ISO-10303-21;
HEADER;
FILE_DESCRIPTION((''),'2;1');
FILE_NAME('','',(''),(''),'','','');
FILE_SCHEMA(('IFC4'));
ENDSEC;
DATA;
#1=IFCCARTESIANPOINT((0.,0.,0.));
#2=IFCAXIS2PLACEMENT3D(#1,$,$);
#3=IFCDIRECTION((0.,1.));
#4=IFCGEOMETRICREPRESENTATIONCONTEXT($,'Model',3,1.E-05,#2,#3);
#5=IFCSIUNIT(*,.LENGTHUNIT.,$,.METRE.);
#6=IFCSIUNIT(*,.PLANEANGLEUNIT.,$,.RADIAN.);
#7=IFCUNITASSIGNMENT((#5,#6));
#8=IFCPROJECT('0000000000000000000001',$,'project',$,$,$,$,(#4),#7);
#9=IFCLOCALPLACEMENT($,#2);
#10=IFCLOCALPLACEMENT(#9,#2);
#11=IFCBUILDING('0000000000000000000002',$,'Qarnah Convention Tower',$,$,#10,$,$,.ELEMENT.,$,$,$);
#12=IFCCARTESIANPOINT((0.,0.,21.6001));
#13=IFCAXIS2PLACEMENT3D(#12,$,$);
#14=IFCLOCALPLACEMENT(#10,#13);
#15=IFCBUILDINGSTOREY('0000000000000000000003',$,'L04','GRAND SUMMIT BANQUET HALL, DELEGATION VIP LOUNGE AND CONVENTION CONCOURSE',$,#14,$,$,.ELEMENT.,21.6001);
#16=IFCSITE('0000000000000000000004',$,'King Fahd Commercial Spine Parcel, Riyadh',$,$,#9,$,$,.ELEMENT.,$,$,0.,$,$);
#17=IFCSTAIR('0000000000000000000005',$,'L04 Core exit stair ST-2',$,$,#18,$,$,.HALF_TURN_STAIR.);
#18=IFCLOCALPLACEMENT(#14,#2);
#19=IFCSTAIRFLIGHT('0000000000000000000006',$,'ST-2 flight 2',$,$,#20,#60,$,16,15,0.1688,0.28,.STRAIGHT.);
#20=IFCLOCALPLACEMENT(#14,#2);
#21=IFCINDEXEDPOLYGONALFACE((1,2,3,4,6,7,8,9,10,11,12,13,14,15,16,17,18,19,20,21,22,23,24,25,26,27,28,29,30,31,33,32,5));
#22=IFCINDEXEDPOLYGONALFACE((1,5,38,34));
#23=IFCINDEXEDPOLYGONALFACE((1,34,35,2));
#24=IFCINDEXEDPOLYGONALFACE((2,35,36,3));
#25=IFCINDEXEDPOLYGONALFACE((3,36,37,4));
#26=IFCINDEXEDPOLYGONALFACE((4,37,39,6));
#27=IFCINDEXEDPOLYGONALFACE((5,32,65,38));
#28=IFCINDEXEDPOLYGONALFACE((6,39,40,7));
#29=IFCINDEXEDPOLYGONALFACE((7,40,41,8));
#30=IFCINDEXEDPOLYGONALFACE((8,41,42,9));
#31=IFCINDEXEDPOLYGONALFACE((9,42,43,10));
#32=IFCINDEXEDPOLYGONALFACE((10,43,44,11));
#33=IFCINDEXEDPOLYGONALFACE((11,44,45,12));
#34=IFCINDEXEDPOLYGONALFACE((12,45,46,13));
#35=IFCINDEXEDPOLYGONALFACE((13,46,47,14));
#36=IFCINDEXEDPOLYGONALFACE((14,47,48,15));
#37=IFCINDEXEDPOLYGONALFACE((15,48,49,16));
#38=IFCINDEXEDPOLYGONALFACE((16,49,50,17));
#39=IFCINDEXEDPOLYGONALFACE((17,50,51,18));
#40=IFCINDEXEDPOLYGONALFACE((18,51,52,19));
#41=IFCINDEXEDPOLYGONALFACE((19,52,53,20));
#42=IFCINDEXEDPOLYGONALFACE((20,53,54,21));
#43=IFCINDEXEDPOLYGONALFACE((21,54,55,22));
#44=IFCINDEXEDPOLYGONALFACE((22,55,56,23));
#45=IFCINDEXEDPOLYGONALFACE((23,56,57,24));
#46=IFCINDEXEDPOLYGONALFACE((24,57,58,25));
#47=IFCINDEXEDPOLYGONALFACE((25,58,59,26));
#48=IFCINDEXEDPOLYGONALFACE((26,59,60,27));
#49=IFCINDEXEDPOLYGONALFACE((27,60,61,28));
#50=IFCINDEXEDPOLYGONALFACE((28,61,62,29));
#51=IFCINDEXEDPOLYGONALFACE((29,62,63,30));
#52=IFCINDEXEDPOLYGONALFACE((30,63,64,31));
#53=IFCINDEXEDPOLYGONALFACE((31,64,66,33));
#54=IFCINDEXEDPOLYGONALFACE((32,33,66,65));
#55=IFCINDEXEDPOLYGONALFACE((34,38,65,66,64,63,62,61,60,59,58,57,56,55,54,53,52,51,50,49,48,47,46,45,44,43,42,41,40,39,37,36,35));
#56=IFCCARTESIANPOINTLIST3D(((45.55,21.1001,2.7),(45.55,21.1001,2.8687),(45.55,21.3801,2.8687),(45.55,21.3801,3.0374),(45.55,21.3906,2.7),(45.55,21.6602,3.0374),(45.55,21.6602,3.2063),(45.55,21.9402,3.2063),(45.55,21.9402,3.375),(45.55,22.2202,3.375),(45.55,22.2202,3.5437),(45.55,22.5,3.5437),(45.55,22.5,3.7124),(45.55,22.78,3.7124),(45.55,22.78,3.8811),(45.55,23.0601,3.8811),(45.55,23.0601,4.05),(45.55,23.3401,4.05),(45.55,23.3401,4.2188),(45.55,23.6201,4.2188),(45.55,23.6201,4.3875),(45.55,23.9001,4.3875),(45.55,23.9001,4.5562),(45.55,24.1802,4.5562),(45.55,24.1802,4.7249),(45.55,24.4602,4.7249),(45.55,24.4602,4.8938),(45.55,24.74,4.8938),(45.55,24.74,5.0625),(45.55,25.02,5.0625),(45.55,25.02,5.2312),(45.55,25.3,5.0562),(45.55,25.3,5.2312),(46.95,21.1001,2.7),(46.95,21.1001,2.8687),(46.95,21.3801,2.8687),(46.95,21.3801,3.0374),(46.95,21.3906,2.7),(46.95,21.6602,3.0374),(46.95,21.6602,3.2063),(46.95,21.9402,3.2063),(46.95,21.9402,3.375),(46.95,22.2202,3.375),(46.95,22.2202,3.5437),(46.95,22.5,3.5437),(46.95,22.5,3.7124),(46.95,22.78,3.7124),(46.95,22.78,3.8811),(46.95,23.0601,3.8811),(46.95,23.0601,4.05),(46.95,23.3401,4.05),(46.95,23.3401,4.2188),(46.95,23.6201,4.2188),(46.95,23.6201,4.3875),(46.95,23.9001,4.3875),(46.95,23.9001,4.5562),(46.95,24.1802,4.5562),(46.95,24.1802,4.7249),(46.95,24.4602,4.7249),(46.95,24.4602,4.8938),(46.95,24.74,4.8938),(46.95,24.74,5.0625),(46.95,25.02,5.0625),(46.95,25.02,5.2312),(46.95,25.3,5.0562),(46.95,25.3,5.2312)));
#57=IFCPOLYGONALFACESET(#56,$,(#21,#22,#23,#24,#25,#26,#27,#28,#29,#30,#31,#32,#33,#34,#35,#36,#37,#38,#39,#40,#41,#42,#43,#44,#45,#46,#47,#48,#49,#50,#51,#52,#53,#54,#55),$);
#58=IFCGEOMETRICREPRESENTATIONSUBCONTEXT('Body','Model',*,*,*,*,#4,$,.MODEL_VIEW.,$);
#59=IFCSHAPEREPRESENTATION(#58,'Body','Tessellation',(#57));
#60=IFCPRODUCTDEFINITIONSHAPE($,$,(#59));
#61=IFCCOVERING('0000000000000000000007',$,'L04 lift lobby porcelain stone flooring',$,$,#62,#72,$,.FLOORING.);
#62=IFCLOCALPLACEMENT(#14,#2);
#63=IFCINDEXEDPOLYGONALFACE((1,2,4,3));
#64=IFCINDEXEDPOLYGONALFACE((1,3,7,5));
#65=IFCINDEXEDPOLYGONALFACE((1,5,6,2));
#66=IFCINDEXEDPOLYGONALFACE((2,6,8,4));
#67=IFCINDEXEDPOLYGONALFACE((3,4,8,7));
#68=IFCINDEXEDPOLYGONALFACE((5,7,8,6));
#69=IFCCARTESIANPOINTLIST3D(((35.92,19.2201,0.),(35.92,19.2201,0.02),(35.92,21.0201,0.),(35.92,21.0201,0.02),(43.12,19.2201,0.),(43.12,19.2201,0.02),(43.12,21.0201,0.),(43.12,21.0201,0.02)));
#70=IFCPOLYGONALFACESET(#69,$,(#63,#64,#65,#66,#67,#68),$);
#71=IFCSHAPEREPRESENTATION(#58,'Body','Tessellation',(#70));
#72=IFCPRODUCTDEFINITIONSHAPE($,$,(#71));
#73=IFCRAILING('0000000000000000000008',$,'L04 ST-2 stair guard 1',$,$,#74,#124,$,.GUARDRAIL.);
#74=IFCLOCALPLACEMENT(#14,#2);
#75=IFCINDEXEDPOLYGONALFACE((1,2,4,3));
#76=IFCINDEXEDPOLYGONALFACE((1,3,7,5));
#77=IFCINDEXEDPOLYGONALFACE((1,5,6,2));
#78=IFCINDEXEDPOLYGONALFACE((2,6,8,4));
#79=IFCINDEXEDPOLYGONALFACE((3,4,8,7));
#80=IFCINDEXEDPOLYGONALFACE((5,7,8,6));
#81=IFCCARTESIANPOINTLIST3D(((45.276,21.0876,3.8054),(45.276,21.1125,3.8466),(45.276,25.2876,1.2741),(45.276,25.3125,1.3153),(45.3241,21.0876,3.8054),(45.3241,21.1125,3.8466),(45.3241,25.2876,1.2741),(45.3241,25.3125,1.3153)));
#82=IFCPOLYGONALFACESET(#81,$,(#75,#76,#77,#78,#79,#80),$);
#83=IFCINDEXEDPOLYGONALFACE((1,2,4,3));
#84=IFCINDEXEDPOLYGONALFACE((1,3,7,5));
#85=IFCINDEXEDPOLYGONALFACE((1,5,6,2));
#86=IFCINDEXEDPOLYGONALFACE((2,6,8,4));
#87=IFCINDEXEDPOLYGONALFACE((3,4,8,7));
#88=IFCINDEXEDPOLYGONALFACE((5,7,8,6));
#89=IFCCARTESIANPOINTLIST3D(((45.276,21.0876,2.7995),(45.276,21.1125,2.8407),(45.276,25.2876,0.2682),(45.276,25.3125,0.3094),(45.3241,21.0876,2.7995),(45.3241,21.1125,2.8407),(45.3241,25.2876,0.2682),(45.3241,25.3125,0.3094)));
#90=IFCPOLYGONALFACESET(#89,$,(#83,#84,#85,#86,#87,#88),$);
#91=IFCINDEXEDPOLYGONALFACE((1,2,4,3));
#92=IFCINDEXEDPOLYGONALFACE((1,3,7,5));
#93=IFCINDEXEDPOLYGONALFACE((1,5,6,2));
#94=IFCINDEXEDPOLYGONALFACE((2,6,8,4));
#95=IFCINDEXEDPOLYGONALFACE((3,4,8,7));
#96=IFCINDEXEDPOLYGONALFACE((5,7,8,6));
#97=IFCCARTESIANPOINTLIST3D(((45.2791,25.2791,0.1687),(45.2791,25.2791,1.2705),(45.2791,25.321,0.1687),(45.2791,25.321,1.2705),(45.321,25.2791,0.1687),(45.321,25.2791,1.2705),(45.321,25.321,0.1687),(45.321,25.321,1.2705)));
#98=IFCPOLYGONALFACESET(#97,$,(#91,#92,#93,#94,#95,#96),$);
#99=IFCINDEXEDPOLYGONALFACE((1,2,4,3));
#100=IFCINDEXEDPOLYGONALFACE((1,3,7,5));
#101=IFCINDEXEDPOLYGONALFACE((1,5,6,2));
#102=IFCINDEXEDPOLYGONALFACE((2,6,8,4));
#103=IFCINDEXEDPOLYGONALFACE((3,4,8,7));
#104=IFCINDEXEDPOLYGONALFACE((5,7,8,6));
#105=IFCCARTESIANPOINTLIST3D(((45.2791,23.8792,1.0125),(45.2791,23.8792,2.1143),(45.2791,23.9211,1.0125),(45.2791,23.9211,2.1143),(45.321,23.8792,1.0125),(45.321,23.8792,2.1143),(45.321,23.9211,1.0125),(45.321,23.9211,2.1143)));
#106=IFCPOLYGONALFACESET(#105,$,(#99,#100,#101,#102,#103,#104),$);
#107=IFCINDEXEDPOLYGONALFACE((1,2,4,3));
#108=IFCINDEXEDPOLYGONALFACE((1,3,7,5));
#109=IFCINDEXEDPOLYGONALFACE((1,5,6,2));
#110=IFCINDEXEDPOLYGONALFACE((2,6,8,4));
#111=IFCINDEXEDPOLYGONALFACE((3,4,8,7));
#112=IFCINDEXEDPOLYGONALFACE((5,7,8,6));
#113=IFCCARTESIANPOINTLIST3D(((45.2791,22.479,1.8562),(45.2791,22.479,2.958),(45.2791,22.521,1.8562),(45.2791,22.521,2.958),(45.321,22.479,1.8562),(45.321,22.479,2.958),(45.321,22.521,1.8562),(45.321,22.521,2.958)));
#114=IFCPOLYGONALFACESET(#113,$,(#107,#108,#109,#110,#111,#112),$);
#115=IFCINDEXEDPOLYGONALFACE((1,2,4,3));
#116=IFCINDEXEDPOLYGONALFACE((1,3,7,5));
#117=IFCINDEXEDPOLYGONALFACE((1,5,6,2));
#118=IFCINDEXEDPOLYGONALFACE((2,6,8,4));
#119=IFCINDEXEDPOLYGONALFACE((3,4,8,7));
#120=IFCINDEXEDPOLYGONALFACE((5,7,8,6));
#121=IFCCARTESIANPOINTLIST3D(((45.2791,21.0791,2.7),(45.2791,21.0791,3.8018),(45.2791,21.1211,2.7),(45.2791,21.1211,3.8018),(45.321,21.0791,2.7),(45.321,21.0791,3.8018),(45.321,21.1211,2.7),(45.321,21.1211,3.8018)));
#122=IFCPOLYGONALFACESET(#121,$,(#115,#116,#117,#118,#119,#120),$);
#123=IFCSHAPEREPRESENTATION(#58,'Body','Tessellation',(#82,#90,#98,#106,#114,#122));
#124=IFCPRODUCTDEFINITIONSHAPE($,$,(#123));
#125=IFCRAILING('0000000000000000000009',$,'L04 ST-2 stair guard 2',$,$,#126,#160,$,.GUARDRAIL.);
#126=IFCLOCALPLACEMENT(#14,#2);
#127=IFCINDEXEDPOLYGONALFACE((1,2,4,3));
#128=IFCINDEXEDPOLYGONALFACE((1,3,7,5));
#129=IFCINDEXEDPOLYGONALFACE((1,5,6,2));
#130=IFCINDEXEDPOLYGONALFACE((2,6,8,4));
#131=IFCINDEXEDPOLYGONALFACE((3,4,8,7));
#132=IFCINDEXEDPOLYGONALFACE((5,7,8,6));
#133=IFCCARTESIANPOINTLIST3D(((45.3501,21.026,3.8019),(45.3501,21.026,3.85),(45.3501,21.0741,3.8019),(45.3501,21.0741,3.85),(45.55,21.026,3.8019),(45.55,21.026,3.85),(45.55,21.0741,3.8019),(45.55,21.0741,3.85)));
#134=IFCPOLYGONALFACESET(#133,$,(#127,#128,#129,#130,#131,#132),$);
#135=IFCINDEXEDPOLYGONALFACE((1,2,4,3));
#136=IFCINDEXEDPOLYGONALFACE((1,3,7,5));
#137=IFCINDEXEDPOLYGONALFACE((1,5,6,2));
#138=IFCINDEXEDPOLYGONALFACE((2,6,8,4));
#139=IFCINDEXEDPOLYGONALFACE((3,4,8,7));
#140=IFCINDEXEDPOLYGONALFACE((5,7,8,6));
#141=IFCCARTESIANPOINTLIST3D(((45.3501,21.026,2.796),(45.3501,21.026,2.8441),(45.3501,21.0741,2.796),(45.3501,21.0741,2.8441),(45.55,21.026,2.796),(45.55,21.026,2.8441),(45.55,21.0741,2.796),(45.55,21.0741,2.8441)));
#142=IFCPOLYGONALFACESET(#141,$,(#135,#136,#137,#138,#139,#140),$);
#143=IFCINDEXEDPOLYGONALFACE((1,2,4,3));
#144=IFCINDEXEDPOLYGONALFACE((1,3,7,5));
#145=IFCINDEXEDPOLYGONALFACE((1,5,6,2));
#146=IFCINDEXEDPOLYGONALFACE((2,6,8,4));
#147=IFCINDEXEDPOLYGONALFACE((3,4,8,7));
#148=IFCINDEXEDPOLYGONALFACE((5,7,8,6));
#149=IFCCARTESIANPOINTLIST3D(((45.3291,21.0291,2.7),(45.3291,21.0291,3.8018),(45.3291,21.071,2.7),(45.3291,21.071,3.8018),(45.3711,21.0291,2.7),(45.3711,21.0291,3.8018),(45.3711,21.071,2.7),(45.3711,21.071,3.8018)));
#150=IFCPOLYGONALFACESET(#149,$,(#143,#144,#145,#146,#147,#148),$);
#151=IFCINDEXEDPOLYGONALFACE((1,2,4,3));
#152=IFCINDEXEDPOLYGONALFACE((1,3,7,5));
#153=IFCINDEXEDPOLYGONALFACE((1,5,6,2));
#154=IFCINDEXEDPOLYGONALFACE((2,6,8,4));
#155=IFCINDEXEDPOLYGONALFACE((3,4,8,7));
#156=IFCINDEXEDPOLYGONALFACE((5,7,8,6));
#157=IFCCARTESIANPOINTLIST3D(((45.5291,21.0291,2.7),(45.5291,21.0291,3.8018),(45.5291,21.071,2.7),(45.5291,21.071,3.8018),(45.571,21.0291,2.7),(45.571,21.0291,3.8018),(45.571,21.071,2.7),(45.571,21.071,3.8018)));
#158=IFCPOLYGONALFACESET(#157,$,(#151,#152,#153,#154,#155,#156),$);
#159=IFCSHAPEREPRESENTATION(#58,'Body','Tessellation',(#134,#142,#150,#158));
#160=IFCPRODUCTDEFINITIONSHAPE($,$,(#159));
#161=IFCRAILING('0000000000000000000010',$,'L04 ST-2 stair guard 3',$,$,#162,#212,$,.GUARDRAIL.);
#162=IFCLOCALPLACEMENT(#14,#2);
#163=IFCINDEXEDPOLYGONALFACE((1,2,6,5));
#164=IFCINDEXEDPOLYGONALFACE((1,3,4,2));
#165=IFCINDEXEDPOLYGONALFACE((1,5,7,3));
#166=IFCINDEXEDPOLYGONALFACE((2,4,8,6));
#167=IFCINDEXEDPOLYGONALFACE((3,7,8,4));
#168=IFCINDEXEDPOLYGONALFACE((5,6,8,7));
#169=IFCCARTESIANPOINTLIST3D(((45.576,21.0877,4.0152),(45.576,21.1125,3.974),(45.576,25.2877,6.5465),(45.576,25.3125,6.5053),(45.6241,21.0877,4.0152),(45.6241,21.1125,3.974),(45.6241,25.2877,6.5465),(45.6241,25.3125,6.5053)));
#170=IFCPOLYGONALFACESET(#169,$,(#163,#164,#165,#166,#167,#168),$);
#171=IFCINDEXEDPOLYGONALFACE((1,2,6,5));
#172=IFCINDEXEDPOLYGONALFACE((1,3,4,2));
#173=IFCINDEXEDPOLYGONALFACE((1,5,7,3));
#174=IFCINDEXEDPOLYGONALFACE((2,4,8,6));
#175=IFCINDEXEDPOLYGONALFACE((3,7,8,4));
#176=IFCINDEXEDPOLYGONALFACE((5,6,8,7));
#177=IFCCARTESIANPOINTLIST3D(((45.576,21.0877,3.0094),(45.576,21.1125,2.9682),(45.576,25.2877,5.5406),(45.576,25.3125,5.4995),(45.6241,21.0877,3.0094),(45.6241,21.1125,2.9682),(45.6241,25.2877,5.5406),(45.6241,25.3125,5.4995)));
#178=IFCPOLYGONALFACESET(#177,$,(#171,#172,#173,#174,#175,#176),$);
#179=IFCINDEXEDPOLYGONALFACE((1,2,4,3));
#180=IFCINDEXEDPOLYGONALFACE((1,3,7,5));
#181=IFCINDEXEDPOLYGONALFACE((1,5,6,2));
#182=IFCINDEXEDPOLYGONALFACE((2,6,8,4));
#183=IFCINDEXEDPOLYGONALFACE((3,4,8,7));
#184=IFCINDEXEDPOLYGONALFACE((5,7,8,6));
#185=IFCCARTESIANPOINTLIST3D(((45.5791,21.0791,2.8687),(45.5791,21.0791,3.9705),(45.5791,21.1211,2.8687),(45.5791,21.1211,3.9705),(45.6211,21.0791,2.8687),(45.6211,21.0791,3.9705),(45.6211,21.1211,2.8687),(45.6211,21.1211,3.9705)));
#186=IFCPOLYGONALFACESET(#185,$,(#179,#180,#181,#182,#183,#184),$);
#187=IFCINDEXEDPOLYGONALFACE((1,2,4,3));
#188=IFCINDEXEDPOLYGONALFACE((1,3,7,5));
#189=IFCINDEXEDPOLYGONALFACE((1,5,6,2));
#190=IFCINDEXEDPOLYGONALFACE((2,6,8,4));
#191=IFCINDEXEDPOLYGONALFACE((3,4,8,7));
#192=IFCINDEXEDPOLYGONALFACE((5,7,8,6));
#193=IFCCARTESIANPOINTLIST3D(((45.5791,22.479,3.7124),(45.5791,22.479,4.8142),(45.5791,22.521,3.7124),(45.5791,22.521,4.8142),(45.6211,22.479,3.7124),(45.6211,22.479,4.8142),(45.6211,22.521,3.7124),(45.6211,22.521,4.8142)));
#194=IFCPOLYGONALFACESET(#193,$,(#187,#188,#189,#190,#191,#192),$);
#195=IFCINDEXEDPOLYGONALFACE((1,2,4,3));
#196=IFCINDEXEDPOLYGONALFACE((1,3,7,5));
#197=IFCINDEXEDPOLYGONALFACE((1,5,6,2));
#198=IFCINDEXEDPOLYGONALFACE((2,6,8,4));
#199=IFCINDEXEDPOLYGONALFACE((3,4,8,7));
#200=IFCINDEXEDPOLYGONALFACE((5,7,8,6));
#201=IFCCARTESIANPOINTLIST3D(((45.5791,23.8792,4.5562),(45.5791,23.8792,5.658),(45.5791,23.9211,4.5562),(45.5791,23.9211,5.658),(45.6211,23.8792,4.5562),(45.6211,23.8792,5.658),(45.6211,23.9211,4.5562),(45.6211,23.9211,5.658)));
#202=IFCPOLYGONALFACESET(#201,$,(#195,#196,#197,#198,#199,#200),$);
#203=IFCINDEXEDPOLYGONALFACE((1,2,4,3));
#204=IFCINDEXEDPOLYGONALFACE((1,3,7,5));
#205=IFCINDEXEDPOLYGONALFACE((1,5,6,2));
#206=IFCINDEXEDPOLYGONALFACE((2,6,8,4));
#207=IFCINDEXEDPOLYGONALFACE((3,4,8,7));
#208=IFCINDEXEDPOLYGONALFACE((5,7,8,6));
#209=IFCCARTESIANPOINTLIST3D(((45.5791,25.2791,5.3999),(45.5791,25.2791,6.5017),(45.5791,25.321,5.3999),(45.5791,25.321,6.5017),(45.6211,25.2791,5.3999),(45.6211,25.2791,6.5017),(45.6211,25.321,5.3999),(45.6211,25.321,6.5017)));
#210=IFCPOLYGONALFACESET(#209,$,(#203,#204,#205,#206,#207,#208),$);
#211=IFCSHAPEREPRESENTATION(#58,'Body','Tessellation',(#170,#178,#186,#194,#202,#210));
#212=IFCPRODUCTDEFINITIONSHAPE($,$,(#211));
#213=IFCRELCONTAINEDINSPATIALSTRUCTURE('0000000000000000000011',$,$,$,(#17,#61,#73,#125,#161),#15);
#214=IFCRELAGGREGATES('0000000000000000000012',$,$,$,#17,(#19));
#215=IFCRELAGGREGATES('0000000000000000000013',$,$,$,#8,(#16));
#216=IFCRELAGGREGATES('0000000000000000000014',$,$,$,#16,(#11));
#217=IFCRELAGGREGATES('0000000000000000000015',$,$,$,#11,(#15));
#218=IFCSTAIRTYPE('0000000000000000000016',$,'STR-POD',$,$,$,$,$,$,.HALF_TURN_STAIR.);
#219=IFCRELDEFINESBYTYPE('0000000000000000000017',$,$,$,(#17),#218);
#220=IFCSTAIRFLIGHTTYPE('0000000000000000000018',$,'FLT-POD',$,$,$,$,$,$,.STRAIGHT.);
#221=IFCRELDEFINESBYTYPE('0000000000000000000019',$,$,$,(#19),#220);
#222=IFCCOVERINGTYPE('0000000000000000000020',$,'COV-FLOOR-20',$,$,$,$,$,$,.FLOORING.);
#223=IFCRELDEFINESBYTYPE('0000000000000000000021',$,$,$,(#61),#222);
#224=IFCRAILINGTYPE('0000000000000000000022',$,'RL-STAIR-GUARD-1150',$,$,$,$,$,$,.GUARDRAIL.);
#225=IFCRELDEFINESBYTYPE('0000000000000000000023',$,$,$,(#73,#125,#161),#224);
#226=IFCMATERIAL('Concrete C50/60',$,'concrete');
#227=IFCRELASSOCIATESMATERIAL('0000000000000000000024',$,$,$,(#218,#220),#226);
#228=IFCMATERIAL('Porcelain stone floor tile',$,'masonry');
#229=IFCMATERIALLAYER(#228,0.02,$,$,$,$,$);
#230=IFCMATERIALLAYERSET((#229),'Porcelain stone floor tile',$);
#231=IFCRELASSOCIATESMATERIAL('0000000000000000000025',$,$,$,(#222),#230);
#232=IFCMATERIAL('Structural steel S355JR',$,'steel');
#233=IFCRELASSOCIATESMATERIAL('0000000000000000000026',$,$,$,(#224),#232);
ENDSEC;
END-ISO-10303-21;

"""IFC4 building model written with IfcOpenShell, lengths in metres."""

from ifc_helpers import new_model, si_unit, direction, frame, origin, origin_2d, place, context, subcontext, project, spatial, polyline, rectangle, outline, extrude, material, layer, layer_set, type_object, element, aggregate, save


model = new_model("IFC4")

# Units and contexts
model_context = context("Model", 3, precision=1e-05, world=origin(), true_north=direction((0.0, 1.0)))
body_context = subcontext(model_context, "Body", "Model", "MODEL_VIEW")
ifc_project = project(units=[si_unit("LENGTHUNIT", "METRE"), si_unit("PLANEANGLEUNIT", "RADIAN")], contexts=[model_context])

# Site, building, storey
site_placement = place(None, origin())
site = spatial("IfcSite", under=ifc_project, at=site_placement, Name="King Fahd Commercial Spine Parcel, Riyadh", CompositionType="ELEMENT", RefElevation=0.0)
building_placement = place(site_placement, origin())
building = spatial("IfcBuilding", under=site, at=building_placement, Name="Qarnah Convention Tower", CompositionType="ELEMENT")
storey_placement = place(building_placement, frame((0.0, 0.0, 21.6001)))
storey = spatial("IfcBuildingStorey", under=building, at=storey_placement, Name="L04", Description="GRAND SUMMIT BANQUET HALL, DELEGATION VIP LOUNGE AND CONVENTION CONCOURSE", CompositionType="ELEMENT", Elevation=21.6001)

# Shared definitions
ifc_material_1 = material(Name="Structural steel S355JR", Category="steel")

# Stair, stair flight
ifc_material_2 = material(Name="Concrete C50/60", Category="concrete")
stair_type = type_object("IfcStairType", Name="STR-POD", PredefinedType="HALF_TURN_STAIR", material=ifc_material_2)
stair_placement = place(storey_placement, origin())
stair = element("IfcStair", 1, at=stair_placement, inside=storey, type_object=stair_type, Name="L04 Core exit stair ST-2", PredefinedType="HALF_TURN_STAIR")
stair_flight_type = type_object("IfcStairFlightType", Name="FLT-POD", PredefinedType="STRAIGHT", material=ifc_material_2)
stair_flight_1_placement = place(storey_placement, frame((46.25, 21.1001, 2.7), z_axis=(0.0, 0.0, 1.0), x_axis=(0.0, 1.0, 0.0)))
stair_flight_1 = element("IfcStairFlight", 2, at=stair_flight_1_placement, type_object=stair_flight_type, Name="ST-2 flight 2", NumberOfRisers=16, NumberOfTreads=15, PredefinedType="STRAIGHT", RiserHeight=0.1688, TreadLength=0.28, context=body_context, shape_type="SweptSolid", body=[
    extrude(outline(polyline([(0.0, 0.0), (0.0, 0.1687), (0.28, 0.1687), (0.28, 0.3374), (0.5601, 0.3374), (0.5601, 0.5063), (0.8401, 0.5063), (0.8401, 0.675), (1.1201, 0.675), (1.1201, 0.8438), (1.3999, 0.8438), (1.3999, 1.0125), (1.6799, 1.0125), (1.6799, 1.1812), (1.96, 1.1812), (1.96, 1.3501), (2.24, 1.3501), (2.24, 1.5188), (2.52, 1.5188), (2.52, 1.6875), (2.8, 1.6875), (2.8, 1.8562), (3.0801, 1.8562), (3.0801, 2.0249), (3.3601, 2.0249), (3.3601, 2.1938), (3.6399, 2.1938), (3.6399, 2.3625), (3.9199, 2.3625), (3.9199, 2.5312), (4.2, 2.5312), (4.2, 2.7), (4.2, 2.3562), (0.2905, 0.0), (0.0, 0.0)])), frame((0.0, 0.7, 0.0), z_axis=(0.0, -1.0, 0.0), x_axis=(1.0, 0.0, 0.0)), (0.0, 0.0, 1.0), 1.3999),
])
aggregate(stair, [stair_flight_1])

# Covering
ifc_material_3 = material(Name="Porcelain stone floor tile", Category="masonry")
ifc_layer_1 = layer(ifc_material_3, 0.02)
ifc_layer_set_1 = layer_set([ifc_layer_1], Name="Porcelain stone floor tile")
covering_type = type_object("IfcCoveringType", Name="COV-FLOOR-20", PredefinedType="FLOORING", material=ifc_layer_set_1)
covering_placement = place(storey_placement, frame((39.52, 20.1201, 0.0), z_axis=(0.0, 0.0, 1.0), x_axis=(1.0, 0.0, 0.0)))
element("IfcCovering", 3, at=covering_placement, inside=storey, type_object=covering_type, Name="L04 lift lobby porcelain stone flooring", PredefinedType="FLOORING", context=body_context, shape_type="SweptSolid", body=[
    extrude(rectangle(XDim=7.2, YDim=1.8, at=origin_2d()), origin(), (0.0, 0.0, 1.0), 0.02),
])

# Railings
railing_type_1 = type_object("IfcRailingType", Name="RL-STAIR-GUARD-1150", PredefinedType="GUARDRAIL", material=ifc_material_1)
railing_1_placement = place(storey_placement, frame((45.3, 25.3, 0.1687)))
element("IfcRailing", 4, at=railing_1_placement, inside=storey, type_object=railing_type_1, Name="L04 ST-2 stair guard 1", PredefinedType="GUARDRAIL", context=body_context, shape_type="SweptSolid", body=[
    extrude(rectangle(XDim=0.0481, YDim=0.0481, at=origin_2d()), frame((0.0, 0.0, 1.126), z_axis=(0.0, -0.856476, 0.516186), x_axis=(1.0, 0.0, 0.0)), (0.0, 0.0, 1.0), 4.9038),
    extrude(rectangle(XDim=0.0481, YDim=0.0481, at=origin_2d()), frame((0.0, 0.0, 0.1201), z_axis=(0.0, -0.856476, 0.516186), x_axis=(1.0, 0.0, 0.0)), (0.0, 0.0, 1.0), 4.9038),
    extrude(rectangle(XDim=0.042, YDim=0.042, at=origin_2d()), origin(), (0.0, 0.0, 1.0), 1.1018),
    extrude(rectangle(XDim=0.042, YDim=0.042, at=origin_2d()), frame((0.0, -1.3999, 0.8438)), (0.0, 0.0, 1.0), 1.1018),
    extrude(rectangle(XDim=0.042, YDim=0.042, at=origin_2d()), frame((0.0, -2.8, 1.6875)), (0.0, 0.0, 1.0), 1.1018),
    extrude(rectangle(XDim=0.042, YDim=0.042, at=origin_2d()), frame((0.0, -4.2, 2.5312)), (0.0, 0.0, 1.0), 1.1018),
])
railing_2_placement = place(storey_placement, frame((45.3501, 21.05, 2.7)))
element("IfcRailing", 5, at=railing_2_placement, inside=storey, type_object=railing_type_1, Name="L04 ST-2 stair guard 2", PredefinedType="GUARDRAIL", context=body_context, shape_type="SweptSolid", body=[
    extrude(rectangle(XDim=0.0481, YDim=0.0481, at=origin_2d()), frame((0.0, 0.0, 1.126), z_axis=(1.0, 0.0, 0.0), x_axis=(0.0, 1.0, 0.0)), (0.0, 0.0, 1.0), 0.2),
    extrude(rectangle(XDim=0.0481, YDim=0.0481, at=origin_2d()), frame((0.0, 0.0, 0.1201), z_axis=(1.0, 0.0, 0.0), x_axis=(0.0, 1.0, 0.0)), (0.0, 0.0, 1.0), 0.2),
    extrude(rectangle(XDim=0.042, YDim=0.042, at=origin_2d()), origin(), (0.0, 0.0, 1.0), 1.1018),
    extrude(rectangle(XDim=0.042, YDim=0.042, at=origin_2d()), frame((0.2, 0.0, 0.0)), (0.0, 0.0, 1.0), 1.1018),
])
railing_3_placement = place(storey_placement, frame((45.6001, 21.1001, 2.8687)))
element("IfcRailing", 6, at=railing_3_placement, inside=storey, type_object=railing_type_1, Name="L04 ST-2 stair guard 3", PredefinedType="GUARDRAIL", context=body_context, shape_type="SweptSolid", body=[
    extrude(rectangle(XDim=0.0481, YDim=0.0481, at=origin_2d()), frame((0.0, 0.0, 1.126), z_axis=(0.0, 0.856476, 0.516186), x_axis=(-1.0, 0.0, 0.0)), (0.0, 0.0, 1.0), 4.9038),
    extrude(rectangle(XDim=0.0481, YDim=0.0481, at=origin_2d()), frame((0.0, 0.0, 0.1201), z_axis=(0.0, 0.856476, 0.516186), x_axis=(-1.0, 0.0, 0.0)), (0.0, 0.0, 1.0), 4.9038),
    extrude(rectangle(XDim=0.042, YDim=0.042, at=origin_2d()), origin(), (0.0, 0.0, 1.0), 1.1018),
    extrude(rectangle(XDim=0.042, YDim=0.042, at=origin_2d()), frame((0.0, 1.3999, 0.8438)), (0.0, 0.0, 1.0), 1.1018),
    extrude(rectangle(XDim=0.042, YDim=0.042, at=origin_2d()), frame((0.0, 2.8, 1.6875)), (0.0, 0.0, 1.0), 1.1018),
    extrude(rectangle(XDim=0.042, YDim=0.042, at=origin_2d()), frame((0.0, 4.2, 2.5312)), (0.0, 0.0, 1.0), 1.1018),
])

save(model, "model.ifc")
